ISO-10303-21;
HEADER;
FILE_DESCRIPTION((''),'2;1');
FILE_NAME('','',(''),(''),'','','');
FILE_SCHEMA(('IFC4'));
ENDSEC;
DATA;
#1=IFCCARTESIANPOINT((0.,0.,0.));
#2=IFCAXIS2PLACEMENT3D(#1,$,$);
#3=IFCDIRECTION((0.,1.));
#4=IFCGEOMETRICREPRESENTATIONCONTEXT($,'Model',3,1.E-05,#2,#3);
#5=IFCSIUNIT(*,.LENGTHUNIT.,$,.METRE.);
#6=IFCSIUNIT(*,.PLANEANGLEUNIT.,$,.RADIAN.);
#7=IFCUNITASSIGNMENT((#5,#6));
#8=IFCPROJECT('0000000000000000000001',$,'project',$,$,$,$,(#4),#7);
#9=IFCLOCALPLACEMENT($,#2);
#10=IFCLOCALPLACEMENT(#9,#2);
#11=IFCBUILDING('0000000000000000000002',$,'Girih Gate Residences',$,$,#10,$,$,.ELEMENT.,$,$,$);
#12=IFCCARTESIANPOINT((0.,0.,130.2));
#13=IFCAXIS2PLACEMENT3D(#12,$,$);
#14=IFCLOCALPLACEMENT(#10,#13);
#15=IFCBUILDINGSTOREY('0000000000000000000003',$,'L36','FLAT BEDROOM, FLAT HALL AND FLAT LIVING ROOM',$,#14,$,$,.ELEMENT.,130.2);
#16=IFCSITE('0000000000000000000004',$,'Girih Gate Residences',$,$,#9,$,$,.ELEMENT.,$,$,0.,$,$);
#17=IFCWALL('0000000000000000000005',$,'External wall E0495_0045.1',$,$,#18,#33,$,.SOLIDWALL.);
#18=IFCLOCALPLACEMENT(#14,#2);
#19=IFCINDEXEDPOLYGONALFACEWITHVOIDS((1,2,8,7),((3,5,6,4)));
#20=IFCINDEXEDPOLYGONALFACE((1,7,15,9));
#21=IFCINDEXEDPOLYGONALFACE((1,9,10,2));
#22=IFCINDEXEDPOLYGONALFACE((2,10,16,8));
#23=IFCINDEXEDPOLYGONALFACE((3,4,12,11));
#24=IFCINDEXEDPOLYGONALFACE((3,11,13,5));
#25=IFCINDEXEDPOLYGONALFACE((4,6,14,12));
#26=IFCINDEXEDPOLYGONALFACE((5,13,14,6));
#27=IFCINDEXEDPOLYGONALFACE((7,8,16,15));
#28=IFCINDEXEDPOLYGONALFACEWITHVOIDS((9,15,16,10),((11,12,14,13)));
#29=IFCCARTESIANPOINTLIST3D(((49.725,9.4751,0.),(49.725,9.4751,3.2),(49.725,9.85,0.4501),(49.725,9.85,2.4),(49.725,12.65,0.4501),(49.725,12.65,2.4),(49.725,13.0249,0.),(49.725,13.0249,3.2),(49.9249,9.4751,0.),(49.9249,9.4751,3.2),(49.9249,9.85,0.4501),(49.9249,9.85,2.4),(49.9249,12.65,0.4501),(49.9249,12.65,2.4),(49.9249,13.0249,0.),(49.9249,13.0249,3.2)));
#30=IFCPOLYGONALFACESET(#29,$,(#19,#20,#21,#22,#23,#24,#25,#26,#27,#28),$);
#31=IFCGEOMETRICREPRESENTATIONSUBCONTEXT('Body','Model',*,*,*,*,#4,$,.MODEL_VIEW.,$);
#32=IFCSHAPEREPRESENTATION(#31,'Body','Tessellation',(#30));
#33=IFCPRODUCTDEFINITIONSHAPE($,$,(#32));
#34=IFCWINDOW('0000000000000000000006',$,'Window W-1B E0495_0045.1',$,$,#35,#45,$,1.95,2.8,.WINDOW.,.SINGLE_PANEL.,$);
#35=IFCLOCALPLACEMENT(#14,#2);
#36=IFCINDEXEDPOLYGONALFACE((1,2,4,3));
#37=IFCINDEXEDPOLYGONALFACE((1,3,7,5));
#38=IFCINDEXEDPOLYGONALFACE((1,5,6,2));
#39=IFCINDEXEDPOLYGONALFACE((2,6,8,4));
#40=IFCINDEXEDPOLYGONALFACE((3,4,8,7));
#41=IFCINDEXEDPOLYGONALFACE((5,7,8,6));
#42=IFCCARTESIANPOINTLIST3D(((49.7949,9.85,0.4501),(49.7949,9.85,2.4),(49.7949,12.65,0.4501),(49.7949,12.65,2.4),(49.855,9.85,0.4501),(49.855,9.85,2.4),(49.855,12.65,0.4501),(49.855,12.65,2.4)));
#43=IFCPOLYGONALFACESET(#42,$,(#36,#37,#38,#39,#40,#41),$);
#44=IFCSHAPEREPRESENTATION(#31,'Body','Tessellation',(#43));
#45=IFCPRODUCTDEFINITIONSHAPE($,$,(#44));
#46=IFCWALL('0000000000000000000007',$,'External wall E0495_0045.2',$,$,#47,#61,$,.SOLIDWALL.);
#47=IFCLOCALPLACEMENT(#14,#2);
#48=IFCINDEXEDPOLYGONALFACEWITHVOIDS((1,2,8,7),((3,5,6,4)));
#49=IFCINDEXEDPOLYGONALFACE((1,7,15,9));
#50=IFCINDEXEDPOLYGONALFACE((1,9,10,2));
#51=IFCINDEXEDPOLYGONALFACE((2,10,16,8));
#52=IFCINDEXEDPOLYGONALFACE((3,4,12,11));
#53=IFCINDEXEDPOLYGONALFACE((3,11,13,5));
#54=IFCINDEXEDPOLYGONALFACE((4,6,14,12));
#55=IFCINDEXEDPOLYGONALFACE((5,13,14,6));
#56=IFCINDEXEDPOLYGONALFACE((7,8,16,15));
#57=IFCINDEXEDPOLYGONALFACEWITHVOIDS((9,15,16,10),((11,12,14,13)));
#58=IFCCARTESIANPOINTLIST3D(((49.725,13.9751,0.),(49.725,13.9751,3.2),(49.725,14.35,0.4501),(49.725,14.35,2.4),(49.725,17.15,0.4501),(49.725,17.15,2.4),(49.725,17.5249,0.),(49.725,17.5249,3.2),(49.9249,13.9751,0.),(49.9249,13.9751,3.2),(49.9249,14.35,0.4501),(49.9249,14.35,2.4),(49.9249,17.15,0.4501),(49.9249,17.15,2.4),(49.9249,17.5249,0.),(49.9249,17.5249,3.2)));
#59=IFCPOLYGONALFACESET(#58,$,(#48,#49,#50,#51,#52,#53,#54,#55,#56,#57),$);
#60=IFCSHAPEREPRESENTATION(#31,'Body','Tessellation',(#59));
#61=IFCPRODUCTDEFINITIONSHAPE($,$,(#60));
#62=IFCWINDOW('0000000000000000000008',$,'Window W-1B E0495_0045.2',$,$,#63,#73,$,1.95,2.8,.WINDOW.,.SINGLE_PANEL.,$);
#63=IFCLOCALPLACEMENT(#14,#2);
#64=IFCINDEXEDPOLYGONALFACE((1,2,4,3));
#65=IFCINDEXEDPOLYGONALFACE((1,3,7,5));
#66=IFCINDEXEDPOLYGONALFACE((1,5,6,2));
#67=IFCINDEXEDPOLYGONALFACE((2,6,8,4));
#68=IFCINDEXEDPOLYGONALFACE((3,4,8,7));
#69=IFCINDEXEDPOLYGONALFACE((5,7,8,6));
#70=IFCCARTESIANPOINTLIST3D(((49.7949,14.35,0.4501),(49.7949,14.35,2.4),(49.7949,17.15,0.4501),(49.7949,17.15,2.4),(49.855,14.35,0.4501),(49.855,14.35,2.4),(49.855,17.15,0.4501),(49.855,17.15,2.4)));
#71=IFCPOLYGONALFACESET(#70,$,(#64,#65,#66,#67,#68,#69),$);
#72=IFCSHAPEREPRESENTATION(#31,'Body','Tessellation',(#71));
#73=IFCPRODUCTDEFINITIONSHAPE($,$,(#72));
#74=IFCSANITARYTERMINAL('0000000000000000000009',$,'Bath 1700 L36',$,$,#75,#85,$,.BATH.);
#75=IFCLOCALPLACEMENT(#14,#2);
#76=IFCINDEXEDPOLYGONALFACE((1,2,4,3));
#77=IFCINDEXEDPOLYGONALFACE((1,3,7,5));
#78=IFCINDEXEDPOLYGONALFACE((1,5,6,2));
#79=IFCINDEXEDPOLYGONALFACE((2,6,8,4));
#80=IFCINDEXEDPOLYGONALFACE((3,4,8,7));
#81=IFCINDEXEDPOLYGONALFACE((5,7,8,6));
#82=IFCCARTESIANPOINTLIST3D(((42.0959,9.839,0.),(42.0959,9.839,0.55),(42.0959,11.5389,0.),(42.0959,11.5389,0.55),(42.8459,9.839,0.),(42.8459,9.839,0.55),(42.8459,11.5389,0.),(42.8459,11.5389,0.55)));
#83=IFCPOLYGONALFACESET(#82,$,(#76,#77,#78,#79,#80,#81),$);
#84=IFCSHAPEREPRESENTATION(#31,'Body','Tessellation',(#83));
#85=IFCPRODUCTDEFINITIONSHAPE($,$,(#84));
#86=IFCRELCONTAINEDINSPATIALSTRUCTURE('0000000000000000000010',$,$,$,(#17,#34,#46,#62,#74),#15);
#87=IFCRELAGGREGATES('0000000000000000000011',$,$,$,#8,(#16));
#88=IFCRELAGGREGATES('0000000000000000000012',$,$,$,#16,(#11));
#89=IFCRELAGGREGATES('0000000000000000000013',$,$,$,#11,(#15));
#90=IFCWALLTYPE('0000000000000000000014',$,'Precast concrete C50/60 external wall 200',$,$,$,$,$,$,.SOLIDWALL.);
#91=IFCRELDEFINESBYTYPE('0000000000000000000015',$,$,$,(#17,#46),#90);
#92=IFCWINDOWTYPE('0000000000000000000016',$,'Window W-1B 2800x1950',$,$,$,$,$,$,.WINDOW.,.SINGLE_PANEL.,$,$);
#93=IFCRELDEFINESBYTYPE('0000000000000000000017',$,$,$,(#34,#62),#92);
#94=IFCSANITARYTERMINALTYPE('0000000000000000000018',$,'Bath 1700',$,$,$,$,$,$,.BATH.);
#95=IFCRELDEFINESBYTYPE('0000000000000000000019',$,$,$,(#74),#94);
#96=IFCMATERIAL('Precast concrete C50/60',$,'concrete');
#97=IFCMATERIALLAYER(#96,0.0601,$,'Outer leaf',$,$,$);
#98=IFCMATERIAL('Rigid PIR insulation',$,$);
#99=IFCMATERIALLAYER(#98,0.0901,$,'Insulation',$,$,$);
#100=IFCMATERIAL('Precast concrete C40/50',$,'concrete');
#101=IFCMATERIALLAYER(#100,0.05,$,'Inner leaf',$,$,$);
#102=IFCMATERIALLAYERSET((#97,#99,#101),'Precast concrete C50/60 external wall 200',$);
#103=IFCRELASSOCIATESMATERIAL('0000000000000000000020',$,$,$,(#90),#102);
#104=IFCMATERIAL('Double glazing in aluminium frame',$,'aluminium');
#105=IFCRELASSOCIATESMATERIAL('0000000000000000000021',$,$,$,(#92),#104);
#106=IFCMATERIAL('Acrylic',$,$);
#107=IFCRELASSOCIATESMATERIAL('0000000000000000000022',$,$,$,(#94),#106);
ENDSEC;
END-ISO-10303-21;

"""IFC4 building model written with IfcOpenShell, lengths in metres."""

from ifc_helpers import new_model, si_unit, direction, frame, frame_2d, origin, origin_2d, place, context, subcontext, project, spatial, rectangle, extrude, material, layer, layer_set, type_object, element, fill, save


model = new_model("IFC4")

# Units and contexts
model_context = context("Model", 3, precision=1e-05, world=origin(), true_north=direction((0.0, 1.0)))
body_context = subcontext(model_context, "Body", "Model", "MODEL_VIEW")
ifc_project = project(units=[si_unit("LENGTHUNIT", "METRE"), si_unit("PLANEANGLEUNIT", "RADIAN")], contexts=[model_context])

# Site, building, storey
site_placement = place(None, origin())
site = spatial("IfcSite", under=ifc_project, at=site_placement, Name="Girih Gate Residences", CompositionType="ELEMENT", RefElevation=0.0)
building_placement = place(site_placement, origin())
building = spatial("IfcBuilding", under=site, at=building_placement, Name="Girih Gate Residences", CompositionType="ELEMENT")
storey_placement = place(building_placement, frame((0.0, 0.0, 130.2)))
storey = spatial("IfcBuildingStorey", under=building, at=storey_placement, Name="L36", Description="FLAT BEDROOM, FLAT HALL AND FLAT LIVING ROOM", CompositionType="ELEMENT", Elevation=130.2)

# Walls, openings, windows
ifc_material_1 = material(Name="Precast concrete C50/60", Category="concrete")
ifc_layer_1 = layer(ifc_material_1, 0.0601, Name="Outer leaf")
ifc_material_2 = material(Name="Rigid PIR insulation")
ifc_layer_2 = layer(ifc_material_2, 0.0901, Name="Insulation")
ifc_material_3 = material(Name="Precast concrete C40/50", Category="concrete")
ifc_layer_3 = layer(ifc_material_3, 0.05, Name="Inner leaf")
ifc_layer_set_1 = layer_set([ifc_layer_1, ifc_layer_2, ifc_layer_3], Name="Precast concrete C50/60 external wall 200")
wall_type_1 = type_object("IfcWallType", Name="Precast concrete C50/60 external wall 200", PredefinedType="SOLIDWALL", material=ifc_layer_set_1)
wall_1_placement = place(storey_placement, frame((49.825, 13.0249, 0.0), z_axis=(0.0, 0.0, 1.0), x_axis=(0.0, -1.0, 0.0)))
wall_1 = element("IfcWall", 1, at=wall_1_placement, inside=storey, type_object=wall_type_1, Name="External wall E0495_0045.1", PredefinedType="SOLIDWALL", context=body_context, shape_type="SweptSolid", body=[
    extrude(rectangle(XDim=3.5498, YDim=0.2, at=frame_2d((1.7749, 0.0))), origin(), (0.0, 0.0, 1.0), 3.2),
])
opening_1_placement = place(wall_1_placement, frame((0.375, 0.0, 0.45)))
opening_1 = element("IfcOpeningElement", 2, at=opening_1_placement, cuts=wall_1, PredefinedType="OPENING", context=body_context, shape_type="SweptSolid", body=[
    extrude(rectangle(XDim=2.8, YDim=1.95, at=frame_2d((1.3999, 0.9751))), frame((0.0, 0.1099, 0.0), z_axis=(0.0, -1.0, 0.0), x_axis=(1.0, 0.0, 0.0)), (0.0, 0.0, 1.0), 0.22),
])
ifc_material_4 = material(Name="Double glazing in aluminium frame", Category="aluminium")
window_type = type_object("IfcWindowType", Name="Window W-1B 2800x1950", PartitioningType="SINGLE_PANEL", PredefinedType="WINDOW", material=ifc_material_4)
window_1_placement = place(opening_1_placement, origin())
window_1 = element("IfcWindow", 3, at=window_1_placement, inside=storey, type_object=window_type, Name="Window W-1B E0495_0045.1", OverallHeight=1.95, OverallWidth=2.8, PartitioningType="SINGLE_PANEL", PredefinedType="WINDOW", context=body_context, shape_type="SweptSolid", body=[
    extrude(rectangle(XDim=2.8, YDim=1.95, at=frame_2d((1.3999, 0.9751))), frame((0.0, 0.03, 0.0), z_axis=(0.0, -1.0, 0.0), x_axis=(1.0, 0.0, 0.0)), (0.0, 0.0, 1.0), 0.0601),
])
fill(opening_1, window_1)
wall_2_placement = place(storey_placement, frame((49.825, 17.5249, 0.0), z_axis=(0.0, 0.0, 1.0), x_axis=(0.0, -1.0, 0.0)))
wall_2 = element("IfcWall", 4, at=wall_2_placement, inside=storey, type_object=wall_type_1, Name="External wall E0495_0045.2", PredefinedType="SOLIDWALL", context=body_context, shape_type="SweptSolid", body=[
    extrude(rectangle(XDim=3.5498, YDim=0.2, at=frame_2d((1.7749, 0.0))), origin(), (0.0, 0.0, 1.0), 3.2),
])
opening_2_placement = place(wall_2_placement, frame((0.375, 0.0, 0.45)))
opening_2 = element("IfcOpeningElement", 5, at=opening_2_placement, cuts=wall_2, PredefinedType="OPENING", context=body_context, shape_type="SweptSolid", body=[
    extrude(rectangle(XDim=2.8, YDim=1.95, at=frame_2d((1.3999, 0.9751))), frame((0.0, 0.1099, 0.0), z_axis=(0.0, -1.0, 0.0), x_axis=(1.0, 0.0, 0.0)), (0.0, 0.0, 1.0), 0.22),
])
window_2_placement = place(opening_2_placement, origin())
window_2 = element("IfcWindow", 6, at=window_2_placement, inside=storey, type_object=window_type, Name="Window W-1B E0495_0045.2", OverallHeight=1.95, OverallWidth=2.8, PartitioningType="SINGLE_PANEL", PredefinedType="WINDOW", context=body_context, shape_type="SweptSolid", body=[
    extrude(rectangle(XDim=2.8, YDim=1.95, at=frame_2d((1.3999, 0.9751))), frame((0.0, 0.03, 0.0), z_axis=(0.0, -1.0, 0.0), x_axis=(1.0, 0.0, 0.0)), (0.0, 0.0, 1.0), 0.0601),
])
fill(opening_2, window_2)

# Sanitary terminal
ifc_material_5 = material(Name="Acrylic")
sanitary_terminal_type = type_object("IfcSanitaryTerminalType", Name="Bath 1700", PredefinedType="BATH", material=ifc_material_5)
sanitary_terminal_placement = place(storey_placement, frame((42.4709, 10.689, 0.0), z_axis=(0.0, 0.0, 1.0), x_axis=(1.0, 0.0, 0.0)))
element("IfcSanitaryTerminal", 7, at=sanitary_terminal_placement, inside=storey, type_object=sanitary_terminal_type, Name="Bath 1700 L36", PredefinedType="BATH", context=body_context, shape_type="SweptSolid", body=[
    extrude(rectangle(XDim=0.75, YDim=1.7, at=origin_2d()), origin(), (0.0, 0.0, 1.0), 0.55),
])

save(model, "model.ifc")
